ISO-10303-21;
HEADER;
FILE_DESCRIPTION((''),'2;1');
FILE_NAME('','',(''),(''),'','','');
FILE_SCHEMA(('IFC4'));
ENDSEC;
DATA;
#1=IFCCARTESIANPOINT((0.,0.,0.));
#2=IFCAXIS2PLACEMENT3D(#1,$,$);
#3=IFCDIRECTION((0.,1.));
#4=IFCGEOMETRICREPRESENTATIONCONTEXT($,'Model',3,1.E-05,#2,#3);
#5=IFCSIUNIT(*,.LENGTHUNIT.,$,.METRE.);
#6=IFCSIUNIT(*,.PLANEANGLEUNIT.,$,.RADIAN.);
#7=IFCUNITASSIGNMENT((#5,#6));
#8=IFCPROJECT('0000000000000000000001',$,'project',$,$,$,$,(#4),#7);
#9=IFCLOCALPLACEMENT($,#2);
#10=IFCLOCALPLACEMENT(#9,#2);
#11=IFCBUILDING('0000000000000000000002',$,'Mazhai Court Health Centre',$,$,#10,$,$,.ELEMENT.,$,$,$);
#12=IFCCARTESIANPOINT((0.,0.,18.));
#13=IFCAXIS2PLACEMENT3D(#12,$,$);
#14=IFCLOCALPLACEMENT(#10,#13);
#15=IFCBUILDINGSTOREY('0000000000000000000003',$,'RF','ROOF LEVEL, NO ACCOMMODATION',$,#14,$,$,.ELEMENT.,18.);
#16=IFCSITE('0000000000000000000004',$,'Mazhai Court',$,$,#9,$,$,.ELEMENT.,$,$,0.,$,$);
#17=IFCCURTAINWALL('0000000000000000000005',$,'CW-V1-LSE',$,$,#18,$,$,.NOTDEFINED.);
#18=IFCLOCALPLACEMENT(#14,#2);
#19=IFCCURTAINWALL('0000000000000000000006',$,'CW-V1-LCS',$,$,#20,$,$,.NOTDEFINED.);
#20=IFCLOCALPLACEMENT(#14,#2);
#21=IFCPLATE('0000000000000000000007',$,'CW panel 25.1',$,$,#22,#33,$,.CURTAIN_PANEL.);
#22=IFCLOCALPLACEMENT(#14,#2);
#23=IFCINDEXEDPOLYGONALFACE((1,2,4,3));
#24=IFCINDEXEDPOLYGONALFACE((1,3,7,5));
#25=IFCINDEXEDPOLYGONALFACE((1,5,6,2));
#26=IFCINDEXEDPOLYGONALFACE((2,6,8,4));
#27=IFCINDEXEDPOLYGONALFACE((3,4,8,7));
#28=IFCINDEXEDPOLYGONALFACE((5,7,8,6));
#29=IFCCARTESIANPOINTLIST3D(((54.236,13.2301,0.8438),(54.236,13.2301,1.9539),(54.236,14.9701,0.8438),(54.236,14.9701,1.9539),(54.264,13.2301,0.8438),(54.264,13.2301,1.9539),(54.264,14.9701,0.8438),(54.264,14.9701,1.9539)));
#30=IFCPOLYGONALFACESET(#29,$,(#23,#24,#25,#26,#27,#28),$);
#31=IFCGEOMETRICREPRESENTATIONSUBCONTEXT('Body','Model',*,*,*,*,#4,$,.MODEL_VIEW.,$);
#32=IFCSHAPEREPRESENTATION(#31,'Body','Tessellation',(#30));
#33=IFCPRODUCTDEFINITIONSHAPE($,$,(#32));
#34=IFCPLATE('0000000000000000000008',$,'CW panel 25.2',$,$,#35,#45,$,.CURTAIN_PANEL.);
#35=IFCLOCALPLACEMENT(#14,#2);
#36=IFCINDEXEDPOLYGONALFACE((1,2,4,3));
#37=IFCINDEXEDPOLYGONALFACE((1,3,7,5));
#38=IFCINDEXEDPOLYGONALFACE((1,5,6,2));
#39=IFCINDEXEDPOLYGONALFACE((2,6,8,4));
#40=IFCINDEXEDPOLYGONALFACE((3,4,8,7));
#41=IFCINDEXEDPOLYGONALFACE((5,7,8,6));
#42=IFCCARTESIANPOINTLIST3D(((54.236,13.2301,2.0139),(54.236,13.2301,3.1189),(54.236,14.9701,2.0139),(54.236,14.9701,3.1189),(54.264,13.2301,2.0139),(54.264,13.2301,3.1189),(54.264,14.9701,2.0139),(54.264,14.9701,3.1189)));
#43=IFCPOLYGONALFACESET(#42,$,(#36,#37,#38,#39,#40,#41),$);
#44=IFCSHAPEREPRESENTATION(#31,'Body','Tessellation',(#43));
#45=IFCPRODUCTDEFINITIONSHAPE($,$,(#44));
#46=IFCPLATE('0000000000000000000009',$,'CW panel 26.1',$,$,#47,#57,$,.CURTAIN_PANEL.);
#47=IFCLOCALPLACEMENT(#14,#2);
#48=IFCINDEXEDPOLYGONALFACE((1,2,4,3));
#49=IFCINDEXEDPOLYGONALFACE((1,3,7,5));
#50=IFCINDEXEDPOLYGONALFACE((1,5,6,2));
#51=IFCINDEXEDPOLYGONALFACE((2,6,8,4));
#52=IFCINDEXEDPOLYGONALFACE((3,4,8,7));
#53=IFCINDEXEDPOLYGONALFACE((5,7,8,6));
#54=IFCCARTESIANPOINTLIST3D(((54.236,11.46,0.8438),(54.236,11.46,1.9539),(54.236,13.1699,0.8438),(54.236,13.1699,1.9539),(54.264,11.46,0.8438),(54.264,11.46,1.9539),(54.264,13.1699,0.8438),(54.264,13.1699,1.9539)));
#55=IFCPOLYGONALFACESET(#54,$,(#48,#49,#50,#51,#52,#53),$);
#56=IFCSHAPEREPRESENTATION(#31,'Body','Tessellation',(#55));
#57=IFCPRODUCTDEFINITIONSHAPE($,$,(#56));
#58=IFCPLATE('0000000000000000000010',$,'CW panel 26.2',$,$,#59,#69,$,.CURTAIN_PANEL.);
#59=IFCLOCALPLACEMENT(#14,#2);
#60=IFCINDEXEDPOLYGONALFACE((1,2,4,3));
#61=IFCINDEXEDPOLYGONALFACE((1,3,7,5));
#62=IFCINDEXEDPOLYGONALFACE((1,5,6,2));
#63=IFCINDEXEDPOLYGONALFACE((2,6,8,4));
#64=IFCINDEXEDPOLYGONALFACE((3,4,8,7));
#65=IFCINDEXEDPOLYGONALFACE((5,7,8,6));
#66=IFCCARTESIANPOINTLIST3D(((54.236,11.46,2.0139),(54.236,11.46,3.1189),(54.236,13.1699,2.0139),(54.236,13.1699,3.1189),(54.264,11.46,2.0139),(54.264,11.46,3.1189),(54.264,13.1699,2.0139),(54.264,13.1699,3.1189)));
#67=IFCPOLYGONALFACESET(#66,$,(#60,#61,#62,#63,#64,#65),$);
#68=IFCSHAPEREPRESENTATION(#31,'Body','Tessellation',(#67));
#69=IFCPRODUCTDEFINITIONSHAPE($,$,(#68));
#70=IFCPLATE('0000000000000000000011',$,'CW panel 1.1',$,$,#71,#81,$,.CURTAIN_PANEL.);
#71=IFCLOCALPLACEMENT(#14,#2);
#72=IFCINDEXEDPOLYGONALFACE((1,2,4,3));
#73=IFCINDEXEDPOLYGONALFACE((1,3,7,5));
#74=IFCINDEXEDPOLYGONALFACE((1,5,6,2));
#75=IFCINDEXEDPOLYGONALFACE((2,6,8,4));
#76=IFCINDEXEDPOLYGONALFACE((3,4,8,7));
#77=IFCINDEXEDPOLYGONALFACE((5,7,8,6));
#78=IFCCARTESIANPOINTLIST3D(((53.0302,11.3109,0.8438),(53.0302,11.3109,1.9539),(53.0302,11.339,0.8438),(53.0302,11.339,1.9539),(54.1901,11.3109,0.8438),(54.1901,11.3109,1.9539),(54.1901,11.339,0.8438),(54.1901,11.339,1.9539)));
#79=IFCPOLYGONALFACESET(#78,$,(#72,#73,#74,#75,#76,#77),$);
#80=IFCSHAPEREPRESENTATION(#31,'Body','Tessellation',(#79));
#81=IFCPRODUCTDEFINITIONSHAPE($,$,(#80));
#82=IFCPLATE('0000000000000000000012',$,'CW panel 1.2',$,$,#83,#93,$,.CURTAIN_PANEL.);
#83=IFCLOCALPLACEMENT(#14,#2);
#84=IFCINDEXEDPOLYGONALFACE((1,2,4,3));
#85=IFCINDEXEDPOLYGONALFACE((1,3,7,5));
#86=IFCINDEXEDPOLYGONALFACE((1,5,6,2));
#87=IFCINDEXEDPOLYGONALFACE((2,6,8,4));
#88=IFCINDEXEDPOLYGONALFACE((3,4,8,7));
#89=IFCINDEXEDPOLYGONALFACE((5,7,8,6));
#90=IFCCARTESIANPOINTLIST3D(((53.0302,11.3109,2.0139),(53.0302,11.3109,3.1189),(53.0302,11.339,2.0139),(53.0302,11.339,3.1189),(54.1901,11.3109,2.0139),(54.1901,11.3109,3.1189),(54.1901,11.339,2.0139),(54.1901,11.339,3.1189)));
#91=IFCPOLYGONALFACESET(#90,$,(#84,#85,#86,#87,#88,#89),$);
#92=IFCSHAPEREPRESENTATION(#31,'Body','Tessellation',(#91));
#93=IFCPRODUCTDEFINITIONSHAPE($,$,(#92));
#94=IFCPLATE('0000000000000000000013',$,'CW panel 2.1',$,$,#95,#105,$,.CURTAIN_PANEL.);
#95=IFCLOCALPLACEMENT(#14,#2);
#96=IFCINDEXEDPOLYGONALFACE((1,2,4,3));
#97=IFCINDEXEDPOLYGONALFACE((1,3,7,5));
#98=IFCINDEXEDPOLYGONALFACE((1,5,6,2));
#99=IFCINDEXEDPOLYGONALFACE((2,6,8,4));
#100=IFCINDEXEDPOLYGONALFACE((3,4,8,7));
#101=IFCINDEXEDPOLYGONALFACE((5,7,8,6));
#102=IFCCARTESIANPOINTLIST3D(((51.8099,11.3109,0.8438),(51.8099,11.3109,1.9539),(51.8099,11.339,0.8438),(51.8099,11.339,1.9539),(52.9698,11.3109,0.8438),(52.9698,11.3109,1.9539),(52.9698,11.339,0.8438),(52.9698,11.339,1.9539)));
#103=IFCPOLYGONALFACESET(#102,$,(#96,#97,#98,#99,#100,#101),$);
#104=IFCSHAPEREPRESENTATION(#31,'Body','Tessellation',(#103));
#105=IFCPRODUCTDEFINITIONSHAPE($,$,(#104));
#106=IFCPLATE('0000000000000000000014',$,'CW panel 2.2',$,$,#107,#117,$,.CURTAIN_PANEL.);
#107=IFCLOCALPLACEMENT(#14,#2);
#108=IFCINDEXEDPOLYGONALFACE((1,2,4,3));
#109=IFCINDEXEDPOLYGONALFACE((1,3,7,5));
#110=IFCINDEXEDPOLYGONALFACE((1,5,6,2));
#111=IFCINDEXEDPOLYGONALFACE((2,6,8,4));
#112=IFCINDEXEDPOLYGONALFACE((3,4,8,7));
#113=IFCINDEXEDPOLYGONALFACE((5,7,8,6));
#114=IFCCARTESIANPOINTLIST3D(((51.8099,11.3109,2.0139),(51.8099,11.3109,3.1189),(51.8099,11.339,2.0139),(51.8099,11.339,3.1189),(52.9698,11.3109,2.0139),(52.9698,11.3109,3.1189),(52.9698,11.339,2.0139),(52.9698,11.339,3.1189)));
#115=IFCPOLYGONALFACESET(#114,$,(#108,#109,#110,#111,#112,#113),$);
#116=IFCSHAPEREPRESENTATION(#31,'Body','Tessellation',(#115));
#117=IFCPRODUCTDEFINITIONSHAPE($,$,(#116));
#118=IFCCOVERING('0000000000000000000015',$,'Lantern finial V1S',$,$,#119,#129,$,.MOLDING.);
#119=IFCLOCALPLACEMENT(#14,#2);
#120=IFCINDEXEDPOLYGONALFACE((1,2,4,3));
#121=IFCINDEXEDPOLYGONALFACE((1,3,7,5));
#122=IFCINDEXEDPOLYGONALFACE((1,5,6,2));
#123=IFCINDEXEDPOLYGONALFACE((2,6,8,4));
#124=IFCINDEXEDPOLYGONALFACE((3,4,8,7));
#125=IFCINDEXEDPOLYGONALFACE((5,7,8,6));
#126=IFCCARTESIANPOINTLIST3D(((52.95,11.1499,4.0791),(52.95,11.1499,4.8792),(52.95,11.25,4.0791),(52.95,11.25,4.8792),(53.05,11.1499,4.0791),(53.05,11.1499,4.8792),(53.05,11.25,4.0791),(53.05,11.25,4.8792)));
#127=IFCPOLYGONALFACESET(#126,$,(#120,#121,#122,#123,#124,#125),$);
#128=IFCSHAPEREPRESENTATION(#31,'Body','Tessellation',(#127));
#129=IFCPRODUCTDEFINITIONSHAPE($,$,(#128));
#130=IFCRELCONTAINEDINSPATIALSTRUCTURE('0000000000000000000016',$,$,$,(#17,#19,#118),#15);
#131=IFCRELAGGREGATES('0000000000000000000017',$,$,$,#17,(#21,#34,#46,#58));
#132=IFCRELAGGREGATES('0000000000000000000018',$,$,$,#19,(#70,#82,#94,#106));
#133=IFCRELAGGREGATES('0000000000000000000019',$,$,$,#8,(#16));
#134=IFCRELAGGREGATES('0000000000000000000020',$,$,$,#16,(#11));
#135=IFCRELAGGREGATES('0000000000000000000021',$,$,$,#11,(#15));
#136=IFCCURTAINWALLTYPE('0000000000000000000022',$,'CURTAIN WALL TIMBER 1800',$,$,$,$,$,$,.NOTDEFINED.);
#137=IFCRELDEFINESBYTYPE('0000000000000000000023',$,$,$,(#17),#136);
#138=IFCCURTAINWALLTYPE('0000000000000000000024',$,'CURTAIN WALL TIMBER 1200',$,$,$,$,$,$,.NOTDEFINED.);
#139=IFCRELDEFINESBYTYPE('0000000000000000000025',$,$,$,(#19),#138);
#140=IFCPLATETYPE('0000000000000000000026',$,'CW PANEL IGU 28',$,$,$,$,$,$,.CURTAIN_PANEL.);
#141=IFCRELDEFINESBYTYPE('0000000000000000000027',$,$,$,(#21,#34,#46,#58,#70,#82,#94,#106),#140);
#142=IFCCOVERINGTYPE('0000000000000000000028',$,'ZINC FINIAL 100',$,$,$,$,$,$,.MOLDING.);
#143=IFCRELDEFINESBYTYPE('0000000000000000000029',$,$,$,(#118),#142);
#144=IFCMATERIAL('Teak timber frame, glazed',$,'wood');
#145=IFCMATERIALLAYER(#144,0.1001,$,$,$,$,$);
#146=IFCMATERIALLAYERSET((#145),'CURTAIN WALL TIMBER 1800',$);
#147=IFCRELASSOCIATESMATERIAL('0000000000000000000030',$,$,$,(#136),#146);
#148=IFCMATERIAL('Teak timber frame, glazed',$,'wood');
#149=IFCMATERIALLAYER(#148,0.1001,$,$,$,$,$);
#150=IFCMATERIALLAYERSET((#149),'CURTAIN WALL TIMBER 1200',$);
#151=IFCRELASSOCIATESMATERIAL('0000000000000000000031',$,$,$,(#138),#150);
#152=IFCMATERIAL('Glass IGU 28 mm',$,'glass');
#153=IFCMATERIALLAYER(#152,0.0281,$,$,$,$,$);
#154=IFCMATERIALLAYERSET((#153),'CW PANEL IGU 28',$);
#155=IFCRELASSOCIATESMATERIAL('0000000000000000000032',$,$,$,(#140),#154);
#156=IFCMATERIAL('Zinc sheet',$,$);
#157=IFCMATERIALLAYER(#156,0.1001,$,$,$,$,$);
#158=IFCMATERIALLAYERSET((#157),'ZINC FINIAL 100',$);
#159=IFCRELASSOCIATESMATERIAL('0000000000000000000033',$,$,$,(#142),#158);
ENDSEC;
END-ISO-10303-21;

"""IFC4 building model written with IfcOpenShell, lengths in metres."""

from ifc_helpers import new_model, si_unit, direction, frame, origin, origin_2d, place, context, subcontext, project, spatial, rectangle, extrude, material, layer, layer_set, type_object, element, aggregate, save


model = new_model("IFC4")

# Units and contexts
model_context = context("Model", 3, precision=1e-05, world=origin(), true_north=direction((0.0, 1.0)))
body_context = subcontext(model_context, "Body", "Model", "MODEL_VIEW")
ifc_project = project(units=[si_unit("LENGTHUNIT", "METRE"), si_unit("PLANEANGLEUNIT", "RADIAN")], contexts=[model_context])

# Site, building, storey
site_placement = place(None, origin())
site = spatial("IfcSite", under=ifc_project, at=site_placement, Name="Mazhai Court", CompositionType="ELEMENT", RefElevation=0.0)
building_placement = place(site_placement, origin())
building = spatial("IfcBuilding", under=site, at=building_placement, Name="Mazhai Court Health Centre", CompositionType="ELEMENT")
storey_placement = place(building_placement, frame((0.0, 0.0, 18.0)))
storey = spatial("IfcBuildingStorey", under=building, at=storey_placement, Name="RF", Description="ROOF LEVEL, NO ACCOMMODATION", CompositionType="ELEMENT", Elevation=18.0)

# Curtain walls
ifc_material_1 = material(Name="Teak timber frame, glazed", Category="wood")
ifc_layer_1 = layer(ifc_material_1, 0.1001)
ifc_layer_set_1 = layer_set([ifc_layer_1], Name="CURTAIN WALL TIMBER 1800")
curtain_wall_type_1 = type_object("IfcCurtainWallType", Name="CURTAIN WALL TIMBER 1800", PredefinedType="NOTDEFINED", material=ifc_layer_set_1)
curtain_wall_1_placement = place(storey_placement, origin())
curtain_wall_1 = element("IfcCurtainWall", 1, at=curtain_wall_1_placement, inside=storey, type_object=curtain_wall_type_1, Name="CW-V1-LSE", PredefinedType="NOTDEFINED")
ifc_material_2 = material(Name="Teak timber frame, glazed", Category="wood")
ifc_layer_2 = layer(ifc_material_2, 0.1001)
ifc_layer_set_2 = layer_set([ifc_layer_2], Name="CURTAIN WALL TIMBER 1200")
curtain_wall_type_2 = type_object("IfcCurtainWallType", Name="CURTAIN WALL TIMBER 1200", PredefinedType="NOTDEFINED", material=ifc_layer_set_2)
curtain_wall_2_placement = place(storey_placement, origin())
curtain_wall_2 = element("IfcCurtainWall", 2, at=curtain_wall_2_placement, inside=storey, type_object=curtain_wall_type_2, Name="CW-V1-LCS", PredefinedType="NOTDEFINED")

# Plates
ifc_material_3 = material(Name="Glass IGU 28 mm", Category="glass")
ifc_layer_3 = layer(ifc_material_3, 0.0281)
ifc_layer_set_3 = layer_set([ifc_layer_3], Name="CW PANEL IGU 28")
plate_type = type_object("IfcPlateType", Name="CW PANEL IGU 28", PredefinedType="CURTAIN_PANEL", material=ifc_layer_set_3)
plate_1_placement = place(storey_placement, frame((54.25, 14.1001, 0.8438), z_axis=(0.0, 0.0, 1.0), x_axis=(0.0, -1.0, 0.0)))
plate_1 = element("IfcPlate", 3, at=plate_1_placement, type_object=plate_type, Name="CW panel 25.1", PredefinedType="CURTAIN_PANEL", context=body_context, shape_type="SweptSolid", body=[
    extrude(rectangle(XDim=1.74, YDim=0.0281, at=origin_2d()), origin(), (0.0, 0.0, 1.0), 1.1101),
])
plate_2_placement = place(storey_placement, frame((54.25, 14.1001, 2.0139), z_axis=(0.0, 0.0, 1.0), x_axis=(0.0, -1.0, 0.0)))
plate_2 = element("IfcPlate", 4, at=plate_2_placement, type_object=plate_type, Name="CW panel 25.2", PredefinedType="CURTAIN_PANEL", context=body_context, shape_type="SweptSolid", body=[
    extrude(rectangle(XDim=1.74, YDim=0.0281, at=origin_2d()), origin(), (0.0, 0.0, 1.0), 1.105),
])
plate_3_placement = place(storey_placement, frame((54.25, 12.3149, 0.8438), z_axis=(0.0, 0.0, 1.0), x_axis=(0.0, -1.0, 0.0)))
plate_3 = element("IfcPlate", 5, at=plate_3_placement, type_object=plate_type, Name="CW panel 26.1", PredefinedType="CURTAIN_PANEL", context=body_context, shape_type="SweptSolid", body=[
    extrude(rectangle(XDim=1.71, YDim=0.0281, at=origin_2d()), origin(), (0.0, 0.0, 1.0), 1.1101),
])
plate_4_placement = place(storey_placement, frame((54.25, 12.3149, 2.0139), z_axis=(0.0, 0.0, 1.0), x_axis=(0.0, -1.0, 0.0)))
plate_4 = element("IfcPlate", 6, at=plate_4_placement, type_object=plate_type, Name="CW panel 26.2", PredefinedType="CURTAIN_PANEL", context=body_context, shape_type="SweptSolid", body=[
    extrude(rectangle(XDim=1.71, YDim=0.0281, at=origin_2d()), origin(), (0.0, 0.0, 1.0), 1.105),
])
aggregate(curtain_wall_1, [plate_1, plate_2, plate_3, plate_4])
plate_5_placement = place(storey_placement, frame((53.6101, 11.325, 0.8438), z_axis=(0.0, 0.0, 1.0), x_axis=(-1.0, 0.0, 0.0)))
plate_5 = element("IfcPlate", 7, at=plate_5_placement, type_object=plate_type, Name="CW panel 1.1", PredefinedType="CURTAIN_PANEL", context=body_context, shape_type="SweptSolid", body=[
    extrude(rectangle(XDim=1.1599, YDim=0.0281, at=origin_2d()), origin(), (0.0, 0.0, 1.0), 1.1101),
])
plate_6_placement = place(storey_placement, frame((53.6101, 11.325, 2.0139), z_axis=(0.0, 0.0, 1.0), x_axis=(-1.0, 0.0, 0.0)))
plate_6 = element("IfcPlate", 8, at=plate_6_placement, type_object=plate_type, Name="CW panel 1.2", PredefinedType="CURTAIN_PANEL", context=body_context, shape_type="SweptSolid", body=[
    extrude(rectangle(XDim=1.1599, YDim=0.0281, at=origin_2d()), origin(), (0.0, 0.0, 1.0), 1.105),
])
plate_7_placement = place(storey_placement, frame((52.3899, 11.325, 0.8438), z_axis=(0.0, 0.0, 1.0), x_axis=(-1.0, 0.0, 0.0)))
plate_7 = element("IfcPlate", 9, at=plate_7_placement, type_object=plate_type, Name="CW panel 2.1", PredefinedType="CURTAIN_PANEL", context=body_context, shape_type="SweptSolid", body=[
    extrude(rectangle(XDim=1.1599, YDim=0.0281, at=origin_2d()), origin(), (0.0, 0.0, 1.0), 1.1101),
])
plate_8_placement = place(storey_placement, frame((52.3899, 11.325, 2.0139), z_axis=(0.0, 0.0, 1.0), x_axis=(-1.0, 0.0, 0.0)))
plate_8 = element("IfcPlate", 10, at=plate_8_placement, type_object=plate_type, Name="CW panel 2.2", PredefinedType="CURTAIN_PANEL", context=body_context, shape_type="SweptSolid", body=[
    extrude(rectangle(XDim=1.1599, YDim=0.0281, at=origin_2d()), origin(), (0.0, 0.0, 1.0), 1.105),
])
aggregate(curtain_wall_2, [plate_5, plate_6, plate_7, plate_8])

# Covering
ifc_material_4 = material(Name="Zinc sheet")
ifc_layer_4 = layer(ifc_material_4, 0.1001)
ifc_layer_set_4 = layer_set([ifc_layer_4], Name="ZINC FINIAL 100")
covering_type = type_object("IfcCoveringType", Name="ZINC FINIAL 100", PredefinedType="MOLDING", material=ifc_layer_set_4)
covering_placement = place(storey_placement, frame((53.0, 11.2, 4.0791), z_axis=(0.0, 0.0, 1.0), x_axis=(1.0, 0.0, 0.0)))
element("IfcCovering", 11, at=covering_placement, inside=storey, type_object=covering_type, Name="Lantern finial V1S", PredefinedType="MOLDING", context=body_context, shape_type="SweptSolid", body=[
    extrude(rectangle(XDim=0.1001, YDim=0.1001, at=origin_2d()), origin(), (0.0, 0.0, 1.0), 0.8),
])

save(model, "model.ifc")
